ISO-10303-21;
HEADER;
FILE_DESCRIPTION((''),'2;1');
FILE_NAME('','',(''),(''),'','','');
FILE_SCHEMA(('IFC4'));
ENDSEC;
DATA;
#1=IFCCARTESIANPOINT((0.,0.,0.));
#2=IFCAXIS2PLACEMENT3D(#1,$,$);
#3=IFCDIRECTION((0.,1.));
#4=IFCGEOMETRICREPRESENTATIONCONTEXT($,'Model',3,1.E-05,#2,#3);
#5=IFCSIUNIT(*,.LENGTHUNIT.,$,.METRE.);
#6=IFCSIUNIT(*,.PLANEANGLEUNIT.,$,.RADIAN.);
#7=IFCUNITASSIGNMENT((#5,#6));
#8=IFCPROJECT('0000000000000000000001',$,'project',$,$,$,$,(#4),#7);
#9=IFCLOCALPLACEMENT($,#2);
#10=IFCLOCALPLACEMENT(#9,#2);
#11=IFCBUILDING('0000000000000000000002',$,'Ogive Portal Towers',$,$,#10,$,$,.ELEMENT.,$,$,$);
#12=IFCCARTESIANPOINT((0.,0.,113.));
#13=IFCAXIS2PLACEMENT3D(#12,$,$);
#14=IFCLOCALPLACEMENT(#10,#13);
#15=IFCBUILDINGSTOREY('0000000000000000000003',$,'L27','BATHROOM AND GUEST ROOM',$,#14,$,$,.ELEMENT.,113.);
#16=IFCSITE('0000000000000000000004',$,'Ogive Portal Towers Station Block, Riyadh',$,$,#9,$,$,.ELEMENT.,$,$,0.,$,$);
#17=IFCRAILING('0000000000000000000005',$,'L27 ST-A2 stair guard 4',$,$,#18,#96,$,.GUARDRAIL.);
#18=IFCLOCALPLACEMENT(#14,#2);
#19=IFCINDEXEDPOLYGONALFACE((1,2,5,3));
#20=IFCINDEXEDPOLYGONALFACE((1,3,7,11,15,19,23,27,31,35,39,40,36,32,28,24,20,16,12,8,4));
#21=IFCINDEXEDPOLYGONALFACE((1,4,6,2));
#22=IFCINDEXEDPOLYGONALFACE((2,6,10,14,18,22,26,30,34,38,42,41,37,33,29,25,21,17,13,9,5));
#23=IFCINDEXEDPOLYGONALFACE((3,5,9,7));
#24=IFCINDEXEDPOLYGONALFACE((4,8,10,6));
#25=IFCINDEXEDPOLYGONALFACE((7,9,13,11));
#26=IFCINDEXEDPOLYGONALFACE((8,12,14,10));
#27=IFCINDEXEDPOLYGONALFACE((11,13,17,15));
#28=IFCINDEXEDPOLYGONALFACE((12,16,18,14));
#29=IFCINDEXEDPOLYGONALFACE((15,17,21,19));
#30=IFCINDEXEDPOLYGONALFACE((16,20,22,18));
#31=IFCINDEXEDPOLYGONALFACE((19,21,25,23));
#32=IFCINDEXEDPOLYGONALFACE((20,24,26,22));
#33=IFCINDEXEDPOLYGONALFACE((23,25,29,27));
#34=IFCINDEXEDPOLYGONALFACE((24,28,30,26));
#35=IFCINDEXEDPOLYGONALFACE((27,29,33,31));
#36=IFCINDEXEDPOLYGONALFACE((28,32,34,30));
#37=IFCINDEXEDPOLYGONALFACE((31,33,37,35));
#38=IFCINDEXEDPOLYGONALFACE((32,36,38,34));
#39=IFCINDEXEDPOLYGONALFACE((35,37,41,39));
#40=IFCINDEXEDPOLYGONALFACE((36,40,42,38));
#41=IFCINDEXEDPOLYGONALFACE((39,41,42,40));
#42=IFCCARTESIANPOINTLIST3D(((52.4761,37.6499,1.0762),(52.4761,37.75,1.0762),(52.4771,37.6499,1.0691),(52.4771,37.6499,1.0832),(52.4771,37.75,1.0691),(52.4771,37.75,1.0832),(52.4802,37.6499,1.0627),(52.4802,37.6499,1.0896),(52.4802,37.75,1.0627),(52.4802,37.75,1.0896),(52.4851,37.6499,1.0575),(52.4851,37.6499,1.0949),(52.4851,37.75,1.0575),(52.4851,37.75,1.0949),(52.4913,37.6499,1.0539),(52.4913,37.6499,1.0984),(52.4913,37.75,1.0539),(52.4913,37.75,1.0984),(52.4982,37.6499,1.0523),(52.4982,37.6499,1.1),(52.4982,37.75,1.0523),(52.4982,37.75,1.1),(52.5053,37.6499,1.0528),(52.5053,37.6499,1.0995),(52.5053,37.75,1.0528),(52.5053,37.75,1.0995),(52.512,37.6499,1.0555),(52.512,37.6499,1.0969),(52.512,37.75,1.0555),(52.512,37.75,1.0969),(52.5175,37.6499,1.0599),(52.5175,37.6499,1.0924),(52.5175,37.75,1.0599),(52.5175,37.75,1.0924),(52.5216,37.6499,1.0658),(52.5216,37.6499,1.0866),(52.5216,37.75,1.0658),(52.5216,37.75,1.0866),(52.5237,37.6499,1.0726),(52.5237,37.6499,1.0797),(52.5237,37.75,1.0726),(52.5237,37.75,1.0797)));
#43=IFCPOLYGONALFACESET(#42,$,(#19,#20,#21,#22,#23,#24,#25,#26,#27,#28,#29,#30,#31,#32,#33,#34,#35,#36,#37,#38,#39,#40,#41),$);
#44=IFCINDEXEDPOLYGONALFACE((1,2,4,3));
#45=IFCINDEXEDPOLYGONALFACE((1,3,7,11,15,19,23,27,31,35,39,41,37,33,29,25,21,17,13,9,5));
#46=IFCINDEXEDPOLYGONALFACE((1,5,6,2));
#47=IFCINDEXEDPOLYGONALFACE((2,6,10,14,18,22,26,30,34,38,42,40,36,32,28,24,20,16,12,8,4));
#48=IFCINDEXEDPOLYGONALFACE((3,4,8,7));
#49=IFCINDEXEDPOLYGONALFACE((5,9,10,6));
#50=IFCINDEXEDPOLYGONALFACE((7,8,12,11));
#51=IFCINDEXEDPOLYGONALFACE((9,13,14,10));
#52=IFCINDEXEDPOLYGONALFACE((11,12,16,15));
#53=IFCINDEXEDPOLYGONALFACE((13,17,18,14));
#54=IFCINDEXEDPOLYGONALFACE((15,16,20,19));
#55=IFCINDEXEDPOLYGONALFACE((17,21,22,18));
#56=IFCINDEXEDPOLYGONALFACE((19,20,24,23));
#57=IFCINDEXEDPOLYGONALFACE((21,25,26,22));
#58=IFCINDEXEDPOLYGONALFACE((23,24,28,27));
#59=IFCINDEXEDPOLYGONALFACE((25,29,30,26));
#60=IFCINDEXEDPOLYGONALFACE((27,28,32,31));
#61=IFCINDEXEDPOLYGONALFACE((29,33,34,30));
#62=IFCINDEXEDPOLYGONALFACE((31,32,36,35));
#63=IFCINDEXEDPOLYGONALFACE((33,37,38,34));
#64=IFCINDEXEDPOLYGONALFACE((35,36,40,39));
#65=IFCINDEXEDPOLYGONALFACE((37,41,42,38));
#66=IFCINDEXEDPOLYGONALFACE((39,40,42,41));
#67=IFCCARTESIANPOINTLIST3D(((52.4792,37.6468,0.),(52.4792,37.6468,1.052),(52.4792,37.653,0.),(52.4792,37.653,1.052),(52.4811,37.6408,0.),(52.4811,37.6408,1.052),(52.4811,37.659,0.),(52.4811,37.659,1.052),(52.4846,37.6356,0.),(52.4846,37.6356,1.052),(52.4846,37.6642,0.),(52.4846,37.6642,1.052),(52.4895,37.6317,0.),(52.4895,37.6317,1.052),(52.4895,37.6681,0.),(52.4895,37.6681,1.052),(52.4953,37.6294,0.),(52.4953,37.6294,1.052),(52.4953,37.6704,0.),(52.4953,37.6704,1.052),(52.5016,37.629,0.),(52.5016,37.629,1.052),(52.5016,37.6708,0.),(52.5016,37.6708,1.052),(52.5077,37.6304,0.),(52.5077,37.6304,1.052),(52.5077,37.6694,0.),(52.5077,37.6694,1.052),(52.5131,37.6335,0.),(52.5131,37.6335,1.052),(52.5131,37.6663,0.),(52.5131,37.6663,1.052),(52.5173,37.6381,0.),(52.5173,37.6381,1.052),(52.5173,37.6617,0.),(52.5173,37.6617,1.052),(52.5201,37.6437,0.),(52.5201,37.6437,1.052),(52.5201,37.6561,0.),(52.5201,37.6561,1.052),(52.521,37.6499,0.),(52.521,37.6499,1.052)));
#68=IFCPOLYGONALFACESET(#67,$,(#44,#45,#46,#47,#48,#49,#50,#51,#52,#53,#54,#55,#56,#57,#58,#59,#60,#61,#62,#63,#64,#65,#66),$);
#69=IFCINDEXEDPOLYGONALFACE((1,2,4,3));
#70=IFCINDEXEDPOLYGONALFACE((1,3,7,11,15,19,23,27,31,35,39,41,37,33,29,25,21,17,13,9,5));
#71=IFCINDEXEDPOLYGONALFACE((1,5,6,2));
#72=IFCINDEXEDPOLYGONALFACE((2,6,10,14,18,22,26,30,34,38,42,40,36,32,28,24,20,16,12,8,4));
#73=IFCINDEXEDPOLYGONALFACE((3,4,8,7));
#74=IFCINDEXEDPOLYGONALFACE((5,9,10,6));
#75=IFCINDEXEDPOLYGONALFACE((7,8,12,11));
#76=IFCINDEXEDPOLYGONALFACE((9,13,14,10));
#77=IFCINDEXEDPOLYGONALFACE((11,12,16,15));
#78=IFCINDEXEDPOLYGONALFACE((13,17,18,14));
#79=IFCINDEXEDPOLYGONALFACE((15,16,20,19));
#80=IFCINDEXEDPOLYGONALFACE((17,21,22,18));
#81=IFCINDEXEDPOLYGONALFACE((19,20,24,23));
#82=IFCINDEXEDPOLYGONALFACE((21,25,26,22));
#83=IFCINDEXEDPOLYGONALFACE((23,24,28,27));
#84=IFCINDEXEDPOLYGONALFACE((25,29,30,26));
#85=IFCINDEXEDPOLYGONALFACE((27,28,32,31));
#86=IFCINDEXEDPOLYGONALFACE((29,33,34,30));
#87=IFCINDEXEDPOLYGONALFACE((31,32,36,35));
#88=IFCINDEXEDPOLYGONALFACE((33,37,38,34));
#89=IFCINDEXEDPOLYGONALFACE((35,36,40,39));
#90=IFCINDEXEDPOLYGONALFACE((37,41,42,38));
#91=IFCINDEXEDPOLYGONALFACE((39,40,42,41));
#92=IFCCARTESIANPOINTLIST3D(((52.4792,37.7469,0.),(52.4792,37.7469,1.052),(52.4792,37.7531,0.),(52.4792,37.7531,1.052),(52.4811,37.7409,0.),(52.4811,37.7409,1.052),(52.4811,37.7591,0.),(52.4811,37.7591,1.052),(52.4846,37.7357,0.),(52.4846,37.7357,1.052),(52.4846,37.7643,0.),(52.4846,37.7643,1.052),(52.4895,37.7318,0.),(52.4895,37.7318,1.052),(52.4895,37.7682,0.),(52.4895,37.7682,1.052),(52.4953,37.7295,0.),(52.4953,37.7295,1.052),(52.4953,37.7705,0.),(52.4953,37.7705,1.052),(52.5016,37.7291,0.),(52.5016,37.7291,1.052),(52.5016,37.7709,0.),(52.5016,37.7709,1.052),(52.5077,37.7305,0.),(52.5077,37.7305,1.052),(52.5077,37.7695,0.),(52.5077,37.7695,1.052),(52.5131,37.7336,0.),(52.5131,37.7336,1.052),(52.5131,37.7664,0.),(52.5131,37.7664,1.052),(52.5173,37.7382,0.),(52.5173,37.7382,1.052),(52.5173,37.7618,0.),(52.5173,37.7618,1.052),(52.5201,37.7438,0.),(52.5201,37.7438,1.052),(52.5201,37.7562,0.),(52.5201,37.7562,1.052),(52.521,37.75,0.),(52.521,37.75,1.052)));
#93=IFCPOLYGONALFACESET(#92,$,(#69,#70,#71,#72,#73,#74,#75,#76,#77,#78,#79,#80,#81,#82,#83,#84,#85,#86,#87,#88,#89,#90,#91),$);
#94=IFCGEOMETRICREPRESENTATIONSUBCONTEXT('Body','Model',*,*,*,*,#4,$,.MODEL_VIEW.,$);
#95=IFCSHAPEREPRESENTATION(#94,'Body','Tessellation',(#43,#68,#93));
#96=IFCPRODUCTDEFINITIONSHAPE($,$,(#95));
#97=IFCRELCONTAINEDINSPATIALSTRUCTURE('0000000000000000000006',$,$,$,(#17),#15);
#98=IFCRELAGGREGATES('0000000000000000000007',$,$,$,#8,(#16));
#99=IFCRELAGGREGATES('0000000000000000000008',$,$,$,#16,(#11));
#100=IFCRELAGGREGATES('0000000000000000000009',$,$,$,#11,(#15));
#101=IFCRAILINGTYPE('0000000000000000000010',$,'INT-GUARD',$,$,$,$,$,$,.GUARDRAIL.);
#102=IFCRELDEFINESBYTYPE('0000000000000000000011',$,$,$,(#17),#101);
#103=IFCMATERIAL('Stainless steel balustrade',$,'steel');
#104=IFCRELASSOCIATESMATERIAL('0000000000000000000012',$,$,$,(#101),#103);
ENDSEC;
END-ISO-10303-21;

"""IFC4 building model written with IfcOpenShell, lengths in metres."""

from ifc_helpers import new_model, si_unit, direction, frame, origin, origin_2d, place, context, subcontext, project, spatial, circle, extrude, material, type_object, element, save


model = new_model("IFC4")

# Units and contexts
model_context = context("Model", 3, precision=1e-05, world=origin(), true_north=direction((0.0, 1.0)))
body_context = subcontext(model_context, "Body", "Model", "MODEL_VIEW")
ifc_project = project(units=[si_unit("LENGTHUNIT", "METRE"), si_unit("PLANEANGLEUNIT", "RADIAN")], contexts=[model_context])

# Site, building, storey
site_placement = place(None, origin())
site = spatial("IfcSite", under=ifc_project, at=site_placement, Name="Ogive Portal Towers Station Block, Riyadh", CompositionType="ELEMENT", RefElevation=0.0)
building_placement = place(site_placement, origin())
building = spatial("IfcBuilding", under=site, at=building_placement, Name="Ogive Portal Towers", CompositionType="ELEMENT")
storey_placement = place(building_placement, frame((0.0, 0.0, 113.0)))
storey = spatial("IfcBuildingStorey", under=building, at=storey_placement, Name="L27", Description="BATHROOM AND GUEST ROOM", CompositionType="ELEMENT", Elevation=113.0)

# Railing
ifc_material_1 = material(Name="Stainless steel balustrade", Category="steel")
railing_type_1 = type_object("IfcRailingType", Name="INT-GUARD", PredefinedType="GUARDRAIL", material=ifc_material_1)
railing_1_placement = place(storey_placement, frame((52.5, 37.6499, 0.0)))
element("IfcRailing", 1, at=railing_1_placement, inside=storey, type_object=railing_type_1, Name="L27 ST-A2 stair guard 4", PredefinedType="GUARDRAIL", context=body_context, shape_type="SweptSolid", body=[
    extrude(circle(Radius=0.0239, at=origin_2d()), frame((0.0, 0.0, 1.0762), z_axis=(0.0, 1.0, 0.0), x_axis=(-1.0, 0.0, 0.0)), (0.0, 0.0, 1.0), 0.1001),
    extrude(circle(Radius=0.021, at=origin_2d()), origin(), (0.0, 0.0, 1.0), 1.052),
    extrude(circle(Radius=0.021, at=origin_2d()), frame((0.0, 0.1001, 0.0)), (0.0, 0.0, 1.0), 1.052),
])

save(model, "model.ifc")
